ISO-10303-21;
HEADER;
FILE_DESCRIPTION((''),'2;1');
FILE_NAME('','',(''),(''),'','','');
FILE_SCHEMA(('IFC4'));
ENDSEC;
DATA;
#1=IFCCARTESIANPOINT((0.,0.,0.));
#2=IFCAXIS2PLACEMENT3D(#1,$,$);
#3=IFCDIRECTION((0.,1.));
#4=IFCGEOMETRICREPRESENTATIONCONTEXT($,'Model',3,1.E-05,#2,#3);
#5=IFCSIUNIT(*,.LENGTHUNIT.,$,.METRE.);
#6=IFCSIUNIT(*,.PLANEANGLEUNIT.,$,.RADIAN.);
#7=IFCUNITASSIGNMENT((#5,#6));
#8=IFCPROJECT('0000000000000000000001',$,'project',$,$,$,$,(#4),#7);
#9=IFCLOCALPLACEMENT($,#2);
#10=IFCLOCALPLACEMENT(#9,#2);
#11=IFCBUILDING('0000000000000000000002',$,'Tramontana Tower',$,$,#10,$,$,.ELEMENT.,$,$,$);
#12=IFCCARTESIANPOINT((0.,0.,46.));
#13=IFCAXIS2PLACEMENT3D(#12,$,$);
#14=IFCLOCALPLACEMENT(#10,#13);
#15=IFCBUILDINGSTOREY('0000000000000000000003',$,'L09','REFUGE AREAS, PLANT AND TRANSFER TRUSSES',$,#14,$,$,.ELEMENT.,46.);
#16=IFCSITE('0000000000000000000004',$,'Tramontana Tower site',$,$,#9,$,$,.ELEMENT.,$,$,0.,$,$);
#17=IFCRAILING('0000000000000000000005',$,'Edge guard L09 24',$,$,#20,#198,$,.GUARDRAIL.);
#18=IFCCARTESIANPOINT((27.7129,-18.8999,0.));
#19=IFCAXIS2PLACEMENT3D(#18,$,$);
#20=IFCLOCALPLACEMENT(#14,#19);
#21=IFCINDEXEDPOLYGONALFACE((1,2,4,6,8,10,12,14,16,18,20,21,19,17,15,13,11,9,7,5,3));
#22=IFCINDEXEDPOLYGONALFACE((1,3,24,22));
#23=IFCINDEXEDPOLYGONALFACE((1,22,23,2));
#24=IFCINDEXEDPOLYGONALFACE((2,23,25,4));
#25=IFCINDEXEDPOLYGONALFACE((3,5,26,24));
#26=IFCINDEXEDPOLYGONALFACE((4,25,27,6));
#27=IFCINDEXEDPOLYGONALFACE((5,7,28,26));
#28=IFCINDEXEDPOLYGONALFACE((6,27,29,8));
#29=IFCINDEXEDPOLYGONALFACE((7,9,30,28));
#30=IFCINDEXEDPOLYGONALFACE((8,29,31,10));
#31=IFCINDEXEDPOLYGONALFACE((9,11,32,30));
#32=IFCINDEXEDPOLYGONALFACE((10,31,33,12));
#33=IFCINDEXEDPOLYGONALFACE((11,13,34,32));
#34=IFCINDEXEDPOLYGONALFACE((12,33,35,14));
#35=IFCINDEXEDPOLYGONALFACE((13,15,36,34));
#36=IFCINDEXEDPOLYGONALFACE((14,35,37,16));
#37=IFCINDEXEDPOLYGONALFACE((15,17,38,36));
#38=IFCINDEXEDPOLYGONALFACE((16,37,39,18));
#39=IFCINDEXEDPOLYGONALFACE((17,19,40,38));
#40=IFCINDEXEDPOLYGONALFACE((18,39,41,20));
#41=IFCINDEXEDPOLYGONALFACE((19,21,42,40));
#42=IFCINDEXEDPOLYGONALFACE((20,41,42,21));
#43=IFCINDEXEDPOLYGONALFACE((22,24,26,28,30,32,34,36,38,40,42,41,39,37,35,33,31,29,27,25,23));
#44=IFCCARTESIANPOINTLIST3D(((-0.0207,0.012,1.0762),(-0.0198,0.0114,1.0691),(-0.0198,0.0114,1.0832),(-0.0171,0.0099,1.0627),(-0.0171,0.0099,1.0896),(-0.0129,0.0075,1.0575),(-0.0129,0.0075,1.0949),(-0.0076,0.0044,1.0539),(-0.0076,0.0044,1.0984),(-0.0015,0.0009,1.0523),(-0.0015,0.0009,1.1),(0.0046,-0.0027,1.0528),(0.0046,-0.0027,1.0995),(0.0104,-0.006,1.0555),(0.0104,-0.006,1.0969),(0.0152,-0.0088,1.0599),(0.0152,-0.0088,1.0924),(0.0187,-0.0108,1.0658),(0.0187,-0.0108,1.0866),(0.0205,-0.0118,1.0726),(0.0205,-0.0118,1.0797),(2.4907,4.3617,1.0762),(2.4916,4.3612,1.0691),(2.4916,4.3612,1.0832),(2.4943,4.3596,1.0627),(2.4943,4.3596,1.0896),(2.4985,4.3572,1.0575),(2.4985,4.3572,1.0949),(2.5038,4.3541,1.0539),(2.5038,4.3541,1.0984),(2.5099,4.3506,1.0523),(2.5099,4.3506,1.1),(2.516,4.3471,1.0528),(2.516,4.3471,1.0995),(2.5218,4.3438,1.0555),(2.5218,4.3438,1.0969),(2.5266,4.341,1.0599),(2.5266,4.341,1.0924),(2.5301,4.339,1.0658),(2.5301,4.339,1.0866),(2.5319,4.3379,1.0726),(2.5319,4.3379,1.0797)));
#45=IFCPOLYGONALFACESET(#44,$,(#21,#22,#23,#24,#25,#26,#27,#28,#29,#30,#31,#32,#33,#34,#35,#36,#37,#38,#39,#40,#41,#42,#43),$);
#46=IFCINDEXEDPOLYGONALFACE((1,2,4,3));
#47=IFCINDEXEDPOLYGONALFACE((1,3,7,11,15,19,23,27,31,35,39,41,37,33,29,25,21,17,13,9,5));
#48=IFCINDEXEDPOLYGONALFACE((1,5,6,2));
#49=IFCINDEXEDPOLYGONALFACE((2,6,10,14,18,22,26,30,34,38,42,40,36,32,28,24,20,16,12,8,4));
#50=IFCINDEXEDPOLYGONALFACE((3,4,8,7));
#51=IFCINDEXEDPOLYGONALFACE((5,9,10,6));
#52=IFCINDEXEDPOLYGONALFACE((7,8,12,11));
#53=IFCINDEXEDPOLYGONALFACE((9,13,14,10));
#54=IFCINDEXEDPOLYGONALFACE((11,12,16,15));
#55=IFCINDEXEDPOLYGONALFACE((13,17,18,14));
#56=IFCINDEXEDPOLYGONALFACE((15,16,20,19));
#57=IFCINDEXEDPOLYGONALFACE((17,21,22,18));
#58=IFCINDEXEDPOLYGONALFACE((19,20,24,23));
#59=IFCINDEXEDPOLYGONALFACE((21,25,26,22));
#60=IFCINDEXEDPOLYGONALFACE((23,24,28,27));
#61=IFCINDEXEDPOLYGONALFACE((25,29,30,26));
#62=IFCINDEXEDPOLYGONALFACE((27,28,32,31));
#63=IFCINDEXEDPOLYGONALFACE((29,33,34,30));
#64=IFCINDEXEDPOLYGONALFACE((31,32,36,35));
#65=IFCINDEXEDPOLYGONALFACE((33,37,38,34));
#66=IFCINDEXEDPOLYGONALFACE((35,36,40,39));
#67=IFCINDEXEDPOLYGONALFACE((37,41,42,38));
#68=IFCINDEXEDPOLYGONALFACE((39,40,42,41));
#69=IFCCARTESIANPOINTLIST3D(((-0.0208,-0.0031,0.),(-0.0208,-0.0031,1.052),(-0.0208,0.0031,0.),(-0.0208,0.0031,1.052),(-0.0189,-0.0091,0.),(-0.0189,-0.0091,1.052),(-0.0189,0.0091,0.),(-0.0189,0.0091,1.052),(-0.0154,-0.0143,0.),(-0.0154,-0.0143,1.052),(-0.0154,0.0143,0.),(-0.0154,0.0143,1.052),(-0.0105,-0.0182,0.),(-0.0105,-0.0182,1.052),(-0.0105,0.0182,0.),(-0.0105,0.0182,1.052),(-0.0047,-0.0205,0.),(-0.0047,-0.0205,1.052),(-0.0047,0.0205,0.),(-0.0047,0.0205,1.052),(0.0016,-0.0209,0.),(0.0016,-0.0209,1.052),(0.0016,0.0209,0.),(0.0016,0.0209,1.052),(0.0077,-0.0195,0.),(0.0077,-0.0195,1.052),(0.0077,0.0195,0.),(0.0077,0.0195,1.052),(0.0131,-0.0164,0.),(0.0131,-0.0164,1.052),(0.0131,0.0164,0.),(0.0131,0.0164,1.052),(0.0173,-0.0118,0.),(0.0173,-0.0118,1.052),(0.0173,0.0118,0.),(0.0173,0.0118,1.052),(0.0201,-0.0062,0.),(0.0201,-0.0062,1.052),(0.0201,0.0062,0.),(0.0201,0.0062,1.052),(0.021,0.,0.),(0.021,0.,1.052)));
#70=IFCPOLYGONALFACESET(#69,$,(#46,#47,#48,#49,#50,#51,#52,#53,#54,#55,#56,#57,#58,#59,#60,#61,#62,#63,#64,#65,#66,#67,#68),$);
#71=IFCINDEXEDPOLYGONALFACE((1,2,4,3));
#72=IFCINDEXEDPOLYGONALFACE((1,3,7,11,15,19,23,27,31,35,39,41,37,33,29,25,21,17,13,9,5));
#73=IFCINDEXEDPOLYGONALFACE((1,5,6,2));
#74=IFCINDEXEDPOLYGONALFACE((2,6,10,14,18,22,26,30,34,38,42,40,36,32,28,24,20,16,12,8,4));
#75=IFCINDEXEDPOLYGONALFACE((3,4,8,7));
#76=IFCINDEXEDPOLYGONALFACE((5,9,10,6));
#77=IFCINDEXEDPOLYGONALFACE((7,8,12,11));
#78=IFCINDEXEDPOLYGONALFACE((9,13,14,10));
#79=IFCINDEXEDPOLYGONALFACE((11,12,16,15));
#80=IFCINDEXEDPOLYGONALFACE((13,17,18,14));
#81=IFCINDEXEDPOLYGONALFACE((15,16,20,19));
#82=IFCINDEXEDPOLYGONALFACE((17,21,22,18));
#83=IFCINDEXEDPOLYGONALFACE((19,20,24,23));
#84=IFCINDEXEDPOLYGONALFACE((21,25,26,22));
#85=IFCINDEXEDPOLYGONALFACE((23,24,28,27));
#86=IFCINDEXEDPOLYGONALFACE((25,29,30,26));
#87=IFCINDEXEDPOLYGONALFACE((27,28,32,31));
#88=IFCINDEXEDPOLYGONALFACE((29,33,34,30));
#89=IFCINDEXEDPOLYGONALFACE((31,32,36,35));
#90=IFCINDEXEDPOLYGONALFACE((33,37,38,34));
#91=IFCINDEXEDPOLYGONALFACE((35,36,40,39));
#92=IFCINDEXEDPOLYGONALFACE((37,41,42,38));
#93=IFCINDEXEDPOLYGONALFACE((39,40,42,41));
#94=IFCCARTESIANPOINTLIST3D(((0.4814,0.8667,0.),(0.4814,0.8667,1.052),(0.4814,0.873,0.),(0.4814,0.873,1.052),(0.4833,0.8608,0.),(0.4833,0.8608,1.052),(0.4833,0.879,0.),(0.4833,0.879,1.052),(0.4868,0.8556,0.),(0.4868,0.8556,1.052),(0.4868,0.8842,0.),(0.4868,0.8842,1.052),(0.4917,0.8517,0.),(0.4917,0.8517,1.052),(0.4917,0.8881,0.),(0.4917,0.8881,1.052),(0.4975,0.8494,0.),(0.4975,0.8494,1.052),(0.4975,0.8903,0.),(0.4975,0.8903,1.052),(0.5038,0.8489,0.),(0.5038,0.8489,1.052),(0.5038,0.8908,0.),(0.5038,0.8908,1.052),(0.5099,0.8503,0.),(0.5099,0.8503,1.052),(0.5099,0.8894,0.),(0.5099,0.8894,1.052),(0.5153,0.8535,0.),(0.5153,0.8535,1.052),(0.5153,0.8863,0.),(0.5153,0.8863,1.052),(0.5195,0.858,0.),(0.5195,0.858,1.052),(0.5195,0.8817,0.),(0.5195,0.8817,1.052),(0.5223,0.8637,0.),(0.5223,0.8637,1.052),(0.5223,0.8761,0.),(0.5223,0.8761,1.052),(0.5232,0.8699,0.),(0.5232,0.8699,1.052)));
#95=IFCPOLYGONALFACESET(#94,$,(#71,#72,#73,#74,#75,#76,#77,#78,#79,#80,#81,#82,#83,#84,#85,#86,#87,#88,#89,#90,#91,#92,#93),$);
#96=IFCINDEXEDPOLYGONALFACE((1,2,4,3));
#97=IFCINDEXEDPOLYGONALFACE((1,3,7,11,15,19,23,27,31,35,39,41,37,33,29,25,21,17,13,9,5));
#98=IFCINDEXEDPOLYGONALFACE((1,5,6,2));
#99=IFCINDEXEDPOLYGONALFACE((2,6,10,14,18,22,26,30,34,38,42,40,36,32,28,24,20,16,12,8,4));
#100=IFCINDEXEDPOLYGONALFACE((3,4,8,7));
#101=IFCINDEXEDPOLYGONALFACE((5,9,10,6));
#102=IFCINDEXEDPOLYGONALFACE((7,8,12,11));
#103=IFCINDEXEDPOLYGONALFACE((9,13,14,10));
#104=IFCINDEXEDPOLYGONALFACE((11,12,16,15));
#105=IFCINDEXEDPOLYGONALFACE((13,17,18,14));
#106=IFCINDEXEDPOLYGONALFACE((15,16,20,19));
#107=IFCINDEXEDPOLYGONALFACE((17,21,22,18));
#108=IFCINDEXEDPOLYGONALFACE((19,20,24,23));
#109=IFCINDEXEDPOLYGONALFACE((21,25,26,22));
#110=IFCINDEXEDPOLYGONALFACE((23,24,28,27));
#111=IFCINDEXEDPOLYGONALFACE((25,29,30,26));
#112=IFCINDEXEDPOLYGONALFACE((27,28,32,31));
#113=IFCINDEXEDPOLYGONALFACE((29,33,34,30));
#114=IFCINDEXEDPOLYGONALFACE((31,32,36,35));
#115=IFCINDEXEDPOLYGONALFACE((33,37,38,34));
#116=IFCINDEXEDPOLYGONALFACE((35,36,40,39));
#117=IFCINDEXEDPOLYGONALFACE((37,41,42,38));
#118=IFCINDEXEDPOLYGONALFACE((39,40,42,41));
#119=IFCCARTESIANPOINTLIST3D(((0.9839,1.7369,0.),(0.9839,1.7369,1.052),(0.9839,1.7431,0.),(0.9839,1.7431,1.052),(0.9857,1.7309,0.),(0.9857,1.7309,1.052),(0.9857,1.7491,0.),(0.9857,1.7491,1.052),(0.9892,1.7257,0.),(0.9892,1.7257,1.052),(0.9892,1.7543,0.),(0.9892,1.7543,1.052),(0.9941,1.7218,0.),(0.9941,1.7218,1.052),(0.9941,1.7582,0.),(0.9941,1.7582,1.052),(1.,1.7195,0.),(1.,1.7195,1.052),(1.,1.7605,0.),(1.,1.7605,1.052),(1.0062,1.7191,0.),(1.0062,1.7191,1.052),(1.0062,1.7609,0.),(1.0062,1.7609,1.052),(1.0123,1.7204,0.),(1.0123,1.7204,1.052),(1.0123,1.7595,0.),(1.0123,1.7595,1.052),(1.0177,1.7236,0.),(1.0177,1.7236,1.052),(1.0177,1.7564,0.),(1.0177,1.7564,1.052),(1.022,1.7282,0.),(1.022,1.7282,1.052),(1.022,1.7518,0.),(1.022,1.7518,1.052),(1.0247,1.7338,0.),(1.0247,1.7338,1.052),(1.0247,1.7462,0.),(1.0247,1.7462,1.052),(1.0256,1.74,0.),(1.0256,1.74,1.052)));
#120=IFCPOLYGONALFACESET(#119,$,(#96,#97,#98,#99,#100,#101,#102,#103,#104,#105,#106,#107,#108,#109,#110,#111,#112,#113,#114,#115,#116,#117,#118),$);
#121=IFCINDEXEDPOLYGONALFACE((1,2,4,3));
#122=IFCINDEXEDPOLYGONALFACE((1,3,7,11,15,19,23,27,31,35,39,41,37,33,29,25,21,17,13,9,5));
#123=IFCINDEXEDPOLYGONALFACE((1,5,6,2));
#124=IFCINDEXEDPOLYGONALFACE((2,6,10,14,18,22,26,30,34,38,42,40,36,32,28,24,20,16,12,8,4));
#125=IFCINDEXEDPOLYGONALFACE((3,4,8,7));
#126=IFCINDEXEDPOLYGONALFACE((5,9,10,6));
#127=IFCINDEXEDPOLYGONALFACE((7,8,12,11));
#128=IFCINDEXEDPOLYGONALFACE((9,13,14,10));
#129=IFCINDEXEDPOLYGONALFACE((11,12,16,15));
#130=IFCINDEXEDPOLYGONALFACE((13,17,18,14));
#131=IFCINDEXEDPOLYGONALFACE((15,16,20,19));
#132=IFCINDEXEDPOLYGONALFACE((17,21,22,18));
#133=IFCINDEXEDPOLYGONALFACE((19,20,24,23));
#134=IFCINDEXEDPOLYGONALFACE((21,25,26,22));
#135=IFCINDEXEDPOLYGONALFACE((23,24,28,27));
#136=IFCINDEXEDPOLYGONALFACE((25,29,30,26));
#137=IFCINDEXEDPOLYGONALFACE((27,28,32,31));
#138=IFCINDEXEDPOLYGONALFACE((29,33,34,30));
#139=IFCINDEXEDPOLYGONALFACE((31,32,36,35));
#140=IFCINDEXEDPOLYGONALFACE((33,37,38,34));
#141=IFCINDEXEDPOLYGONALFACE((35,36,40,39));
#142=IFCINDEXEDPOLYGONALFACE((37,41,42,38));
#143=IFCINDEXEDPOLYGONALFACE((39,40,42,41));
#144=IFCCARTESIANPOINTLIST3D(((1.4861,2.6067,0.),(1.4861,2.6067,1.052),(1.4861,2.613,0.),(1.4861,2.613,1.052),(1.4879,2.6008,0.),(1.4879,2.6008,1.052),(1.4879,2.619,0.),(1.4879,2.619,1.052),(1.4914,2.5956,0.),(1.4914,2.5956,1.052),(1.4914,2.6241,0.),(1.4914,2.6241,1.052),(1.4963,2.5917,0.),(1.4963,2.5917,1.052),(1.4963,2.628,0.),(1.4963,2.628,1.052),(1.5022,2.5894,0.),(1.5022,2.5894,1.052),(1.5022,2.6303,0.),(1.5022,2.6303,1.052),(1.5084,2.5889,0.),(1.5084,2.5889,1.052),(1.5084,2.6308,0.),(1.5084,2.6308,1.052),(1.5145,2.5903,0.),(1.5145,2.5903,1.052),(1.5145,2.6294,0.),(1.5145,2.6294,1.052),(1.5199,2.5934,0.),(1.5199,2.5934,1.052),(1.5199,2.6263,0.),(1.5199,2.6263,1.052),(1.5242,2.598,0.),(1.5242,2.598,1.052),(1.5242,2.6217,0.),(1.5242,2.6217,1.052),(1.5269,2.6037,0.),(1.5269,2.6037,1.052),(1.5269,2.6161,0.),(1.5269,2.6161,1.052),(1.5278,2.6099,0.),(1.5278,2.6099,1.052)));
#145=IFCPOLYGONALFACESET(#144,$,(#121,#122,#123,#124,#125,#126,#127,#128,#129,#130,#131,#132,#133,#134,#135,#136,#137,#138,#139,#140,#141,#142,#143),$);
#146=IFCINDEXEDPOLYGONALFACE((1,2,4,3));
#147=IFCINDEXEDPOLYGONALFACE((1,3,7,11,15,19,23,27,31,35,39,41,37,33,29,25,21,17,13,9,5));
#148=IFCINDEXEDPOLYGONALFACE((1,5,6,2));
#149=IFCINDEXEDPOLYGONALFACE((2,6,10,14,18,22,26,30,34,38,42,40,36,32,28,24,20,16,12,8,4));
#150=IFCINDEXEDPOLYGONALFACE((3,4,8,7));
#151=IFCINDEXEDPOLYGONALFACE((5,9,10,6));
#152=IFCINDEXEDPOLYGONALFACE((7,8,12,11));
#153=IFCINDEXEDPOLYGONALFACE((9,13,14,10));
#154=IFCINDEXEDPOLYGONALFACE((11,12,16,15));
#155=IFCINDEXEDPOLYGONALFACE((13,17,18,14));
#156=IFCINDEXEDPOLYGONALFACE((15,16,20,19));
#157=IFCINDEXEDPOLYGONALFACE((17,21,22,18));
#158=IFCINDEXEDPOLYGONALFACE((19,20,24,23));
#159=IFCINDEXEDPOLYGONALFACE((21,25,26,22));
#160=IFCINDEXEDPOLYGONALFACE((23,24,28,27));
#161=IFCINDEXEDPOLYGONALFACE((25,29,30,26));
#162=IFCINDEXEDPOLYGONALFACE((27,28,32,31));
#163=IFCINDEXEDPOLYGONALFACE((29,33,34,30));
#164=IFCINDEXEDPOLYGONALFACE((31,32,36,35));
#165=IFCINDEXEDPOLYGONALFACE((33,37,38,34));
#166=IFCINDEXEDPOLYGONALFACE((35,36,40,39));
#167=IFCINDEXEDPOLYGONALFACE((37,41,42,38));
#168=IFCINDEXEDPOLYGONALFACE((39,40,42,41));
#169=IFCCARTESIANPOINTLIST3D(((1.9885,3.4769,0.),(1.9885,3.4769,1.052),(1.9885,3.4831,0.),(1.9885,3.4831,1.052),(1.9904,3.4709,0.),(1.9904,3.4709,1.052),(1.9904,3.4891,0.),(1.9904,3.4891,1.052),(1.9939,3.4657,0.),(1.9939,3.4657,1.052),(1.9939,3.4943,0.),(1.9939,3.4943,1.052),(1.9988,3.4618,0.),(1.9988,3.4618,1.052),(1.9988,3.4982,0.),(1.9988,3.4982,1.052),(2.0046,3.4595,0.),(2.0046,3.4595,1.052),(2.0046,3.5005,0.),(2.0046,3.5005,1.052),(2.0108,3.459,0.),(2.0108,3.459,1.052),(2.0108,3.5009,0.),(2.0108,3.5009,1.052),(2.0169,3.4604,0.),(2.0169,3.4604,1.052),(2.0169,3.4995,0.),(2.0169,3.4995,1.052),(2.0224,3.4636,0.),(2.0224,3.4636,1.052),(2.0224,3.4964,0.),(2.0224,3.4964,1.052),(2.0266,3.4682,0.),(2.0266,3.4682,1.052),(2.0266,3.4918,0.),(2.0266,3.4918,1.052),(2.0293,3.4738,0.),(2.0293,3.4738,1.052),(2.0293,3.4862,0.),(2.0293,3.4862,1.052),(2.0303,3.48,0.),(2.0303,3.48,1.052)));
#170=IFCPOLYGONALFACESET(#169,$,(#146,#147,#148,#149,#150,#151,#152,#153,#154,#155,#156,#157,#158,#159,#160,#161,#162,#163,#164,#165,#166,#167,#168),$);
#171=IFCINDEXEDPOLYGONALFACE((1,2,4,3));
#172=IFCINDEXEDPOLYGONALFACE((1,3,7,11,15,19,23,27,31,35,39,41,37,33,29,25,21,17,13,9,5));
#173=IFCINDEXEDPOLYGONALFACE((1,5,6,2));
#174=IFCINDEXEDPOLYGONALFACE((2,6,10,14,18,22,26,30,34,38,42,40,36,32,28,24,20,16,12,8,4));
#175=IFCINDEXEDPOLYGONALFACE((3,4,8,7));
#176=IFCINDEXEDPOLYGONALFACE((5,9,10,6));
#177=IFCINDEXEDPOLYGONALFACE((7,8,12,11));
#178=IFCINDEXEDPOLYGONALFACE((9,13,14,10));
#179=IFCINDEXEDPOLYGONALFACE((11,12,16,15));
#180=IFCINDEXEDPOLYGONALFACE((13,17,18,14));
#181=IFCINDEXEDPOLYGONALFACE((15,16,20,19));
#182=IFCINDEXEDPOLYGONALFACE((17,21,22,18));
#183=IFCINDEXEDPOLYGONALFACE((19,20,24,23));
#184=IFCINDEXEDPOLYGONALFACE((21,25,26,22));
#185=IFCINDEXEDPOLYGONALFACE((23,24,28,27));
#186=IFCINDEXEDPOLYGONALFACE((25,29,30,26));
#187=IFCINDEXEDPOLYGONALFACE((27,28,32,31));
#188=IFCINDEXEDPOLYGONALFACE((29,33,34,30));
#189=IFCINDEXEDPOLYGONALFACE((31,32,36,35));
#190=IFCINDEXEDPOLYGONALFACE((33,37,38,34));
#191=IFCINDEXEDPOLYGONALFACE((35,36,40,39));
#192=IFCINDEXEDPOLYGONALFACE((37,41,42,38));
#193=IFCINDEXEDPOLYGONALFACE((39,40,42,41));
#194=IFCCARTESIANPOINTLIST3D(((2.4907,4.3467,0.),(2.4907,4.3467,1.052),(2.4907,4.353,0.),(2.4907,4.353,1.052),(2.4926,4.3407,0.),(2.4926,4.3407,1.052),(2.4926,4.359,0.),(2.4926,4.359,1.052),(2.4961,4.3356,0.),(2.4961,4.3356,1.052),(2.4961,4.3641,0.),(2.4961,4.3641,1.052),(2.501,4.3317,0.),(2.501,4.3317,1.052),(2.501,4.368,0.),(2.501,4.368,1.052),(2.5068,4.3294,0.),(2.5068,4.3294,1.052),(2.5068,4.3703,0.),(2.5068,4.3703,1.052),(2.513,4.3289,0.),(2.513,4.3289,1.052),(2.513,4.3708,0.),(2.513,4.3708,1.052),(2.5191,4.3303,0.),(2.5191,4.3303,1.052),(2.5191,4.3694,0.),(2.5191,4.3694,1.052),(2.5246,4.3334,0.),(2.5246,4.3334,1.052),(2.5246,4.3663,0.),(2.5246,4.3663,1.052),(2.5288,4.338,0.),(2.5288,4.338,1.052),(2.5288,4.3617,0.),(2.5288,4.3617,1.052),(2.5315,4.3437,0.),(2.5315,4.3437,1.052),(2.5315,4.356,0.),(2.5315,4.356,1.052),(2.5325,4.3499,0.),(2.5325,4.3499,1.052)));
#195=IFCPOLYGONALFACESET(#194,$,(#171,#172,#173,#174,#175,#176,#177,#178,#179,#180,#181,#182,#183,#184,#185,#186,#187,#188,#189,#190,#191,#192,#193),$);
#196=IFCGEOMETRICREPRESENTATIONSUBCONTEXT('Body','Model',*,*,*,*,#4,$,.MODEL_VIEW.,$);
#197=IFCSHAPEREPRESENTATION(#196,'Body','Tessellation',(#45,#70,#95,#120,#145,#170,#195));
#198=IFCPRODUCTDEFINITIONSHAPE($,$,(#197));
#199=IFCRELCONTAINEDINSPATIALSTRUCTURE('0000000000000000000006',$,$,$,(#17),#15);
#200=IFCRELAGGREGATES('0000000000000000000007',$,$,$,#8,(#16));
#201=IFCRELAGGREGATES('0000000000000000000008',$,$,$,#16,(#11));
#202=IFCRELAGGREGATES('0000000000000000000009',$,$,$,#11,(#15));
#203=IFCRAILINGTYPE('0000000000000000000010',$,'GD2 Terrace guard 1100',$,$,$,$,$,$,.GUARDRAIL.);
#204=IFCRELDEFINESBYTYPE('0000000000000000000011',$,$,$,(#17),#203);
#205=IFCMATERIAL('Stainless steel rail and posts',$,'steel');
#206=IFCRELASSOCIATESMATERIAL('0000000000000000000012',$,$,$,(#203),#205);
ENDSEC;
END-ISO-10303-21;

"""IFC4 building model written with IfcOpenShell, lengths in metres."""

from ifc_helpers import new_model, si_unit, direction, frame, origin, origin_2d, place, context, subcontext, project, spatial, circle, extrude, material, type_object, element, save


model = new_model("IFC4")

# Units and contexts
model_context = context("Model", 3, precision=1e-05, world=origin(), true_north=direction((0.0, 1.0)))
body_context = subcontext(model_context, "Body", "Model", "MODEL_VIEW")
ifc_project = project(units=[si_unit("LENGTHUNIT", "METRE"), si_unit("PLANEANGLEUNIT", "RADIAN")], contexts=[model_context])

# Site, building, storey
site_placement = place(None, origin())
site = spatial("IfcSite", under=ifc_project, at=site_placement, Name="Tramontana Tower site", CompositionType="ELEMENT", RefElevation=0.0)
building_placement = place(site_placement, origin())
building = spatial("IfcBuilding", under=site, at=building_placement, Name="Tramontana Tower", CompositionType="ELEMENT")
storey_placement = place(building_placement, frame((0.0, 0.0, 46.0)))
storey = spatial("IfcBuildingStorey", under=building, at=storey_placement, Name="L09", Description="REFUGE AREAS, PLANT AND TRANSFER TRUSSES", CompositionType="ELEMENT", Elevation=46.0)

# Railing
ifc_material_1 = material(Name="Stainless steel rail and posts", Category="steel")
railing_type = type_object("IfcRailingType", Name="GD2 Terrace guard 1100", PredefinedType="GUARDRAIL", material=ifc_material_1)
railing_1_placement = place(storey_placement, frame((27.7129, -18.8999, 0.0)))
element("IfcRailing", 1, at=railing_1_placement, inside=storey, type_object=railing_type, Name="Edge guard L09 24", PredefinedType="GUARDRAIL", context=body_context, shape_type="SweptSolid", body=[
    extrude(circle(Radius=0.0239, at=origin_2d()), frame((0.0, 0.0, 1.0762), z_axis=(0.500013, 0.866018, 0.0), x_axis=(-0.866018, 0.500013, 0.0)), (0.0, 0.0, 1.0), 5.0227),
    extrude(circle(Radius=0.021, at=origin_2d()), origin(), (0.0, 0.0, 1.0), 1.052),
    extrude(circle(Radius=0.021, at=origin_2d()), frame((0.5022, 0.8699, 0.0)), (0.0, 0.0, 1.0), 1.052),
    extrude(circle(Radius=0.021, at=origin_2d()), frame((1.0046, 1.74, 0.0)), (0.0, 0.0, 1.0), 1.052),
    extrude(circle(Radius=0.021, at=origin_2d()), frame((1.5068, 2.6099, 0.0)), (0.0, 0.0, 1.0), 1.052),
    extrude(circle(Radius=0.021, at=origin_2d()), frame((2.0093, 3.48, 0.0)), (0.0, 0.0, 1.0), 1.052),
    extrude(circle(Radius=0.021, at=origin_2d()), frame((2.5115, 4.3499, 0.0)), (0.0, 0.0, 1.0), 1.052),
])

save(model, "model.ifc")
